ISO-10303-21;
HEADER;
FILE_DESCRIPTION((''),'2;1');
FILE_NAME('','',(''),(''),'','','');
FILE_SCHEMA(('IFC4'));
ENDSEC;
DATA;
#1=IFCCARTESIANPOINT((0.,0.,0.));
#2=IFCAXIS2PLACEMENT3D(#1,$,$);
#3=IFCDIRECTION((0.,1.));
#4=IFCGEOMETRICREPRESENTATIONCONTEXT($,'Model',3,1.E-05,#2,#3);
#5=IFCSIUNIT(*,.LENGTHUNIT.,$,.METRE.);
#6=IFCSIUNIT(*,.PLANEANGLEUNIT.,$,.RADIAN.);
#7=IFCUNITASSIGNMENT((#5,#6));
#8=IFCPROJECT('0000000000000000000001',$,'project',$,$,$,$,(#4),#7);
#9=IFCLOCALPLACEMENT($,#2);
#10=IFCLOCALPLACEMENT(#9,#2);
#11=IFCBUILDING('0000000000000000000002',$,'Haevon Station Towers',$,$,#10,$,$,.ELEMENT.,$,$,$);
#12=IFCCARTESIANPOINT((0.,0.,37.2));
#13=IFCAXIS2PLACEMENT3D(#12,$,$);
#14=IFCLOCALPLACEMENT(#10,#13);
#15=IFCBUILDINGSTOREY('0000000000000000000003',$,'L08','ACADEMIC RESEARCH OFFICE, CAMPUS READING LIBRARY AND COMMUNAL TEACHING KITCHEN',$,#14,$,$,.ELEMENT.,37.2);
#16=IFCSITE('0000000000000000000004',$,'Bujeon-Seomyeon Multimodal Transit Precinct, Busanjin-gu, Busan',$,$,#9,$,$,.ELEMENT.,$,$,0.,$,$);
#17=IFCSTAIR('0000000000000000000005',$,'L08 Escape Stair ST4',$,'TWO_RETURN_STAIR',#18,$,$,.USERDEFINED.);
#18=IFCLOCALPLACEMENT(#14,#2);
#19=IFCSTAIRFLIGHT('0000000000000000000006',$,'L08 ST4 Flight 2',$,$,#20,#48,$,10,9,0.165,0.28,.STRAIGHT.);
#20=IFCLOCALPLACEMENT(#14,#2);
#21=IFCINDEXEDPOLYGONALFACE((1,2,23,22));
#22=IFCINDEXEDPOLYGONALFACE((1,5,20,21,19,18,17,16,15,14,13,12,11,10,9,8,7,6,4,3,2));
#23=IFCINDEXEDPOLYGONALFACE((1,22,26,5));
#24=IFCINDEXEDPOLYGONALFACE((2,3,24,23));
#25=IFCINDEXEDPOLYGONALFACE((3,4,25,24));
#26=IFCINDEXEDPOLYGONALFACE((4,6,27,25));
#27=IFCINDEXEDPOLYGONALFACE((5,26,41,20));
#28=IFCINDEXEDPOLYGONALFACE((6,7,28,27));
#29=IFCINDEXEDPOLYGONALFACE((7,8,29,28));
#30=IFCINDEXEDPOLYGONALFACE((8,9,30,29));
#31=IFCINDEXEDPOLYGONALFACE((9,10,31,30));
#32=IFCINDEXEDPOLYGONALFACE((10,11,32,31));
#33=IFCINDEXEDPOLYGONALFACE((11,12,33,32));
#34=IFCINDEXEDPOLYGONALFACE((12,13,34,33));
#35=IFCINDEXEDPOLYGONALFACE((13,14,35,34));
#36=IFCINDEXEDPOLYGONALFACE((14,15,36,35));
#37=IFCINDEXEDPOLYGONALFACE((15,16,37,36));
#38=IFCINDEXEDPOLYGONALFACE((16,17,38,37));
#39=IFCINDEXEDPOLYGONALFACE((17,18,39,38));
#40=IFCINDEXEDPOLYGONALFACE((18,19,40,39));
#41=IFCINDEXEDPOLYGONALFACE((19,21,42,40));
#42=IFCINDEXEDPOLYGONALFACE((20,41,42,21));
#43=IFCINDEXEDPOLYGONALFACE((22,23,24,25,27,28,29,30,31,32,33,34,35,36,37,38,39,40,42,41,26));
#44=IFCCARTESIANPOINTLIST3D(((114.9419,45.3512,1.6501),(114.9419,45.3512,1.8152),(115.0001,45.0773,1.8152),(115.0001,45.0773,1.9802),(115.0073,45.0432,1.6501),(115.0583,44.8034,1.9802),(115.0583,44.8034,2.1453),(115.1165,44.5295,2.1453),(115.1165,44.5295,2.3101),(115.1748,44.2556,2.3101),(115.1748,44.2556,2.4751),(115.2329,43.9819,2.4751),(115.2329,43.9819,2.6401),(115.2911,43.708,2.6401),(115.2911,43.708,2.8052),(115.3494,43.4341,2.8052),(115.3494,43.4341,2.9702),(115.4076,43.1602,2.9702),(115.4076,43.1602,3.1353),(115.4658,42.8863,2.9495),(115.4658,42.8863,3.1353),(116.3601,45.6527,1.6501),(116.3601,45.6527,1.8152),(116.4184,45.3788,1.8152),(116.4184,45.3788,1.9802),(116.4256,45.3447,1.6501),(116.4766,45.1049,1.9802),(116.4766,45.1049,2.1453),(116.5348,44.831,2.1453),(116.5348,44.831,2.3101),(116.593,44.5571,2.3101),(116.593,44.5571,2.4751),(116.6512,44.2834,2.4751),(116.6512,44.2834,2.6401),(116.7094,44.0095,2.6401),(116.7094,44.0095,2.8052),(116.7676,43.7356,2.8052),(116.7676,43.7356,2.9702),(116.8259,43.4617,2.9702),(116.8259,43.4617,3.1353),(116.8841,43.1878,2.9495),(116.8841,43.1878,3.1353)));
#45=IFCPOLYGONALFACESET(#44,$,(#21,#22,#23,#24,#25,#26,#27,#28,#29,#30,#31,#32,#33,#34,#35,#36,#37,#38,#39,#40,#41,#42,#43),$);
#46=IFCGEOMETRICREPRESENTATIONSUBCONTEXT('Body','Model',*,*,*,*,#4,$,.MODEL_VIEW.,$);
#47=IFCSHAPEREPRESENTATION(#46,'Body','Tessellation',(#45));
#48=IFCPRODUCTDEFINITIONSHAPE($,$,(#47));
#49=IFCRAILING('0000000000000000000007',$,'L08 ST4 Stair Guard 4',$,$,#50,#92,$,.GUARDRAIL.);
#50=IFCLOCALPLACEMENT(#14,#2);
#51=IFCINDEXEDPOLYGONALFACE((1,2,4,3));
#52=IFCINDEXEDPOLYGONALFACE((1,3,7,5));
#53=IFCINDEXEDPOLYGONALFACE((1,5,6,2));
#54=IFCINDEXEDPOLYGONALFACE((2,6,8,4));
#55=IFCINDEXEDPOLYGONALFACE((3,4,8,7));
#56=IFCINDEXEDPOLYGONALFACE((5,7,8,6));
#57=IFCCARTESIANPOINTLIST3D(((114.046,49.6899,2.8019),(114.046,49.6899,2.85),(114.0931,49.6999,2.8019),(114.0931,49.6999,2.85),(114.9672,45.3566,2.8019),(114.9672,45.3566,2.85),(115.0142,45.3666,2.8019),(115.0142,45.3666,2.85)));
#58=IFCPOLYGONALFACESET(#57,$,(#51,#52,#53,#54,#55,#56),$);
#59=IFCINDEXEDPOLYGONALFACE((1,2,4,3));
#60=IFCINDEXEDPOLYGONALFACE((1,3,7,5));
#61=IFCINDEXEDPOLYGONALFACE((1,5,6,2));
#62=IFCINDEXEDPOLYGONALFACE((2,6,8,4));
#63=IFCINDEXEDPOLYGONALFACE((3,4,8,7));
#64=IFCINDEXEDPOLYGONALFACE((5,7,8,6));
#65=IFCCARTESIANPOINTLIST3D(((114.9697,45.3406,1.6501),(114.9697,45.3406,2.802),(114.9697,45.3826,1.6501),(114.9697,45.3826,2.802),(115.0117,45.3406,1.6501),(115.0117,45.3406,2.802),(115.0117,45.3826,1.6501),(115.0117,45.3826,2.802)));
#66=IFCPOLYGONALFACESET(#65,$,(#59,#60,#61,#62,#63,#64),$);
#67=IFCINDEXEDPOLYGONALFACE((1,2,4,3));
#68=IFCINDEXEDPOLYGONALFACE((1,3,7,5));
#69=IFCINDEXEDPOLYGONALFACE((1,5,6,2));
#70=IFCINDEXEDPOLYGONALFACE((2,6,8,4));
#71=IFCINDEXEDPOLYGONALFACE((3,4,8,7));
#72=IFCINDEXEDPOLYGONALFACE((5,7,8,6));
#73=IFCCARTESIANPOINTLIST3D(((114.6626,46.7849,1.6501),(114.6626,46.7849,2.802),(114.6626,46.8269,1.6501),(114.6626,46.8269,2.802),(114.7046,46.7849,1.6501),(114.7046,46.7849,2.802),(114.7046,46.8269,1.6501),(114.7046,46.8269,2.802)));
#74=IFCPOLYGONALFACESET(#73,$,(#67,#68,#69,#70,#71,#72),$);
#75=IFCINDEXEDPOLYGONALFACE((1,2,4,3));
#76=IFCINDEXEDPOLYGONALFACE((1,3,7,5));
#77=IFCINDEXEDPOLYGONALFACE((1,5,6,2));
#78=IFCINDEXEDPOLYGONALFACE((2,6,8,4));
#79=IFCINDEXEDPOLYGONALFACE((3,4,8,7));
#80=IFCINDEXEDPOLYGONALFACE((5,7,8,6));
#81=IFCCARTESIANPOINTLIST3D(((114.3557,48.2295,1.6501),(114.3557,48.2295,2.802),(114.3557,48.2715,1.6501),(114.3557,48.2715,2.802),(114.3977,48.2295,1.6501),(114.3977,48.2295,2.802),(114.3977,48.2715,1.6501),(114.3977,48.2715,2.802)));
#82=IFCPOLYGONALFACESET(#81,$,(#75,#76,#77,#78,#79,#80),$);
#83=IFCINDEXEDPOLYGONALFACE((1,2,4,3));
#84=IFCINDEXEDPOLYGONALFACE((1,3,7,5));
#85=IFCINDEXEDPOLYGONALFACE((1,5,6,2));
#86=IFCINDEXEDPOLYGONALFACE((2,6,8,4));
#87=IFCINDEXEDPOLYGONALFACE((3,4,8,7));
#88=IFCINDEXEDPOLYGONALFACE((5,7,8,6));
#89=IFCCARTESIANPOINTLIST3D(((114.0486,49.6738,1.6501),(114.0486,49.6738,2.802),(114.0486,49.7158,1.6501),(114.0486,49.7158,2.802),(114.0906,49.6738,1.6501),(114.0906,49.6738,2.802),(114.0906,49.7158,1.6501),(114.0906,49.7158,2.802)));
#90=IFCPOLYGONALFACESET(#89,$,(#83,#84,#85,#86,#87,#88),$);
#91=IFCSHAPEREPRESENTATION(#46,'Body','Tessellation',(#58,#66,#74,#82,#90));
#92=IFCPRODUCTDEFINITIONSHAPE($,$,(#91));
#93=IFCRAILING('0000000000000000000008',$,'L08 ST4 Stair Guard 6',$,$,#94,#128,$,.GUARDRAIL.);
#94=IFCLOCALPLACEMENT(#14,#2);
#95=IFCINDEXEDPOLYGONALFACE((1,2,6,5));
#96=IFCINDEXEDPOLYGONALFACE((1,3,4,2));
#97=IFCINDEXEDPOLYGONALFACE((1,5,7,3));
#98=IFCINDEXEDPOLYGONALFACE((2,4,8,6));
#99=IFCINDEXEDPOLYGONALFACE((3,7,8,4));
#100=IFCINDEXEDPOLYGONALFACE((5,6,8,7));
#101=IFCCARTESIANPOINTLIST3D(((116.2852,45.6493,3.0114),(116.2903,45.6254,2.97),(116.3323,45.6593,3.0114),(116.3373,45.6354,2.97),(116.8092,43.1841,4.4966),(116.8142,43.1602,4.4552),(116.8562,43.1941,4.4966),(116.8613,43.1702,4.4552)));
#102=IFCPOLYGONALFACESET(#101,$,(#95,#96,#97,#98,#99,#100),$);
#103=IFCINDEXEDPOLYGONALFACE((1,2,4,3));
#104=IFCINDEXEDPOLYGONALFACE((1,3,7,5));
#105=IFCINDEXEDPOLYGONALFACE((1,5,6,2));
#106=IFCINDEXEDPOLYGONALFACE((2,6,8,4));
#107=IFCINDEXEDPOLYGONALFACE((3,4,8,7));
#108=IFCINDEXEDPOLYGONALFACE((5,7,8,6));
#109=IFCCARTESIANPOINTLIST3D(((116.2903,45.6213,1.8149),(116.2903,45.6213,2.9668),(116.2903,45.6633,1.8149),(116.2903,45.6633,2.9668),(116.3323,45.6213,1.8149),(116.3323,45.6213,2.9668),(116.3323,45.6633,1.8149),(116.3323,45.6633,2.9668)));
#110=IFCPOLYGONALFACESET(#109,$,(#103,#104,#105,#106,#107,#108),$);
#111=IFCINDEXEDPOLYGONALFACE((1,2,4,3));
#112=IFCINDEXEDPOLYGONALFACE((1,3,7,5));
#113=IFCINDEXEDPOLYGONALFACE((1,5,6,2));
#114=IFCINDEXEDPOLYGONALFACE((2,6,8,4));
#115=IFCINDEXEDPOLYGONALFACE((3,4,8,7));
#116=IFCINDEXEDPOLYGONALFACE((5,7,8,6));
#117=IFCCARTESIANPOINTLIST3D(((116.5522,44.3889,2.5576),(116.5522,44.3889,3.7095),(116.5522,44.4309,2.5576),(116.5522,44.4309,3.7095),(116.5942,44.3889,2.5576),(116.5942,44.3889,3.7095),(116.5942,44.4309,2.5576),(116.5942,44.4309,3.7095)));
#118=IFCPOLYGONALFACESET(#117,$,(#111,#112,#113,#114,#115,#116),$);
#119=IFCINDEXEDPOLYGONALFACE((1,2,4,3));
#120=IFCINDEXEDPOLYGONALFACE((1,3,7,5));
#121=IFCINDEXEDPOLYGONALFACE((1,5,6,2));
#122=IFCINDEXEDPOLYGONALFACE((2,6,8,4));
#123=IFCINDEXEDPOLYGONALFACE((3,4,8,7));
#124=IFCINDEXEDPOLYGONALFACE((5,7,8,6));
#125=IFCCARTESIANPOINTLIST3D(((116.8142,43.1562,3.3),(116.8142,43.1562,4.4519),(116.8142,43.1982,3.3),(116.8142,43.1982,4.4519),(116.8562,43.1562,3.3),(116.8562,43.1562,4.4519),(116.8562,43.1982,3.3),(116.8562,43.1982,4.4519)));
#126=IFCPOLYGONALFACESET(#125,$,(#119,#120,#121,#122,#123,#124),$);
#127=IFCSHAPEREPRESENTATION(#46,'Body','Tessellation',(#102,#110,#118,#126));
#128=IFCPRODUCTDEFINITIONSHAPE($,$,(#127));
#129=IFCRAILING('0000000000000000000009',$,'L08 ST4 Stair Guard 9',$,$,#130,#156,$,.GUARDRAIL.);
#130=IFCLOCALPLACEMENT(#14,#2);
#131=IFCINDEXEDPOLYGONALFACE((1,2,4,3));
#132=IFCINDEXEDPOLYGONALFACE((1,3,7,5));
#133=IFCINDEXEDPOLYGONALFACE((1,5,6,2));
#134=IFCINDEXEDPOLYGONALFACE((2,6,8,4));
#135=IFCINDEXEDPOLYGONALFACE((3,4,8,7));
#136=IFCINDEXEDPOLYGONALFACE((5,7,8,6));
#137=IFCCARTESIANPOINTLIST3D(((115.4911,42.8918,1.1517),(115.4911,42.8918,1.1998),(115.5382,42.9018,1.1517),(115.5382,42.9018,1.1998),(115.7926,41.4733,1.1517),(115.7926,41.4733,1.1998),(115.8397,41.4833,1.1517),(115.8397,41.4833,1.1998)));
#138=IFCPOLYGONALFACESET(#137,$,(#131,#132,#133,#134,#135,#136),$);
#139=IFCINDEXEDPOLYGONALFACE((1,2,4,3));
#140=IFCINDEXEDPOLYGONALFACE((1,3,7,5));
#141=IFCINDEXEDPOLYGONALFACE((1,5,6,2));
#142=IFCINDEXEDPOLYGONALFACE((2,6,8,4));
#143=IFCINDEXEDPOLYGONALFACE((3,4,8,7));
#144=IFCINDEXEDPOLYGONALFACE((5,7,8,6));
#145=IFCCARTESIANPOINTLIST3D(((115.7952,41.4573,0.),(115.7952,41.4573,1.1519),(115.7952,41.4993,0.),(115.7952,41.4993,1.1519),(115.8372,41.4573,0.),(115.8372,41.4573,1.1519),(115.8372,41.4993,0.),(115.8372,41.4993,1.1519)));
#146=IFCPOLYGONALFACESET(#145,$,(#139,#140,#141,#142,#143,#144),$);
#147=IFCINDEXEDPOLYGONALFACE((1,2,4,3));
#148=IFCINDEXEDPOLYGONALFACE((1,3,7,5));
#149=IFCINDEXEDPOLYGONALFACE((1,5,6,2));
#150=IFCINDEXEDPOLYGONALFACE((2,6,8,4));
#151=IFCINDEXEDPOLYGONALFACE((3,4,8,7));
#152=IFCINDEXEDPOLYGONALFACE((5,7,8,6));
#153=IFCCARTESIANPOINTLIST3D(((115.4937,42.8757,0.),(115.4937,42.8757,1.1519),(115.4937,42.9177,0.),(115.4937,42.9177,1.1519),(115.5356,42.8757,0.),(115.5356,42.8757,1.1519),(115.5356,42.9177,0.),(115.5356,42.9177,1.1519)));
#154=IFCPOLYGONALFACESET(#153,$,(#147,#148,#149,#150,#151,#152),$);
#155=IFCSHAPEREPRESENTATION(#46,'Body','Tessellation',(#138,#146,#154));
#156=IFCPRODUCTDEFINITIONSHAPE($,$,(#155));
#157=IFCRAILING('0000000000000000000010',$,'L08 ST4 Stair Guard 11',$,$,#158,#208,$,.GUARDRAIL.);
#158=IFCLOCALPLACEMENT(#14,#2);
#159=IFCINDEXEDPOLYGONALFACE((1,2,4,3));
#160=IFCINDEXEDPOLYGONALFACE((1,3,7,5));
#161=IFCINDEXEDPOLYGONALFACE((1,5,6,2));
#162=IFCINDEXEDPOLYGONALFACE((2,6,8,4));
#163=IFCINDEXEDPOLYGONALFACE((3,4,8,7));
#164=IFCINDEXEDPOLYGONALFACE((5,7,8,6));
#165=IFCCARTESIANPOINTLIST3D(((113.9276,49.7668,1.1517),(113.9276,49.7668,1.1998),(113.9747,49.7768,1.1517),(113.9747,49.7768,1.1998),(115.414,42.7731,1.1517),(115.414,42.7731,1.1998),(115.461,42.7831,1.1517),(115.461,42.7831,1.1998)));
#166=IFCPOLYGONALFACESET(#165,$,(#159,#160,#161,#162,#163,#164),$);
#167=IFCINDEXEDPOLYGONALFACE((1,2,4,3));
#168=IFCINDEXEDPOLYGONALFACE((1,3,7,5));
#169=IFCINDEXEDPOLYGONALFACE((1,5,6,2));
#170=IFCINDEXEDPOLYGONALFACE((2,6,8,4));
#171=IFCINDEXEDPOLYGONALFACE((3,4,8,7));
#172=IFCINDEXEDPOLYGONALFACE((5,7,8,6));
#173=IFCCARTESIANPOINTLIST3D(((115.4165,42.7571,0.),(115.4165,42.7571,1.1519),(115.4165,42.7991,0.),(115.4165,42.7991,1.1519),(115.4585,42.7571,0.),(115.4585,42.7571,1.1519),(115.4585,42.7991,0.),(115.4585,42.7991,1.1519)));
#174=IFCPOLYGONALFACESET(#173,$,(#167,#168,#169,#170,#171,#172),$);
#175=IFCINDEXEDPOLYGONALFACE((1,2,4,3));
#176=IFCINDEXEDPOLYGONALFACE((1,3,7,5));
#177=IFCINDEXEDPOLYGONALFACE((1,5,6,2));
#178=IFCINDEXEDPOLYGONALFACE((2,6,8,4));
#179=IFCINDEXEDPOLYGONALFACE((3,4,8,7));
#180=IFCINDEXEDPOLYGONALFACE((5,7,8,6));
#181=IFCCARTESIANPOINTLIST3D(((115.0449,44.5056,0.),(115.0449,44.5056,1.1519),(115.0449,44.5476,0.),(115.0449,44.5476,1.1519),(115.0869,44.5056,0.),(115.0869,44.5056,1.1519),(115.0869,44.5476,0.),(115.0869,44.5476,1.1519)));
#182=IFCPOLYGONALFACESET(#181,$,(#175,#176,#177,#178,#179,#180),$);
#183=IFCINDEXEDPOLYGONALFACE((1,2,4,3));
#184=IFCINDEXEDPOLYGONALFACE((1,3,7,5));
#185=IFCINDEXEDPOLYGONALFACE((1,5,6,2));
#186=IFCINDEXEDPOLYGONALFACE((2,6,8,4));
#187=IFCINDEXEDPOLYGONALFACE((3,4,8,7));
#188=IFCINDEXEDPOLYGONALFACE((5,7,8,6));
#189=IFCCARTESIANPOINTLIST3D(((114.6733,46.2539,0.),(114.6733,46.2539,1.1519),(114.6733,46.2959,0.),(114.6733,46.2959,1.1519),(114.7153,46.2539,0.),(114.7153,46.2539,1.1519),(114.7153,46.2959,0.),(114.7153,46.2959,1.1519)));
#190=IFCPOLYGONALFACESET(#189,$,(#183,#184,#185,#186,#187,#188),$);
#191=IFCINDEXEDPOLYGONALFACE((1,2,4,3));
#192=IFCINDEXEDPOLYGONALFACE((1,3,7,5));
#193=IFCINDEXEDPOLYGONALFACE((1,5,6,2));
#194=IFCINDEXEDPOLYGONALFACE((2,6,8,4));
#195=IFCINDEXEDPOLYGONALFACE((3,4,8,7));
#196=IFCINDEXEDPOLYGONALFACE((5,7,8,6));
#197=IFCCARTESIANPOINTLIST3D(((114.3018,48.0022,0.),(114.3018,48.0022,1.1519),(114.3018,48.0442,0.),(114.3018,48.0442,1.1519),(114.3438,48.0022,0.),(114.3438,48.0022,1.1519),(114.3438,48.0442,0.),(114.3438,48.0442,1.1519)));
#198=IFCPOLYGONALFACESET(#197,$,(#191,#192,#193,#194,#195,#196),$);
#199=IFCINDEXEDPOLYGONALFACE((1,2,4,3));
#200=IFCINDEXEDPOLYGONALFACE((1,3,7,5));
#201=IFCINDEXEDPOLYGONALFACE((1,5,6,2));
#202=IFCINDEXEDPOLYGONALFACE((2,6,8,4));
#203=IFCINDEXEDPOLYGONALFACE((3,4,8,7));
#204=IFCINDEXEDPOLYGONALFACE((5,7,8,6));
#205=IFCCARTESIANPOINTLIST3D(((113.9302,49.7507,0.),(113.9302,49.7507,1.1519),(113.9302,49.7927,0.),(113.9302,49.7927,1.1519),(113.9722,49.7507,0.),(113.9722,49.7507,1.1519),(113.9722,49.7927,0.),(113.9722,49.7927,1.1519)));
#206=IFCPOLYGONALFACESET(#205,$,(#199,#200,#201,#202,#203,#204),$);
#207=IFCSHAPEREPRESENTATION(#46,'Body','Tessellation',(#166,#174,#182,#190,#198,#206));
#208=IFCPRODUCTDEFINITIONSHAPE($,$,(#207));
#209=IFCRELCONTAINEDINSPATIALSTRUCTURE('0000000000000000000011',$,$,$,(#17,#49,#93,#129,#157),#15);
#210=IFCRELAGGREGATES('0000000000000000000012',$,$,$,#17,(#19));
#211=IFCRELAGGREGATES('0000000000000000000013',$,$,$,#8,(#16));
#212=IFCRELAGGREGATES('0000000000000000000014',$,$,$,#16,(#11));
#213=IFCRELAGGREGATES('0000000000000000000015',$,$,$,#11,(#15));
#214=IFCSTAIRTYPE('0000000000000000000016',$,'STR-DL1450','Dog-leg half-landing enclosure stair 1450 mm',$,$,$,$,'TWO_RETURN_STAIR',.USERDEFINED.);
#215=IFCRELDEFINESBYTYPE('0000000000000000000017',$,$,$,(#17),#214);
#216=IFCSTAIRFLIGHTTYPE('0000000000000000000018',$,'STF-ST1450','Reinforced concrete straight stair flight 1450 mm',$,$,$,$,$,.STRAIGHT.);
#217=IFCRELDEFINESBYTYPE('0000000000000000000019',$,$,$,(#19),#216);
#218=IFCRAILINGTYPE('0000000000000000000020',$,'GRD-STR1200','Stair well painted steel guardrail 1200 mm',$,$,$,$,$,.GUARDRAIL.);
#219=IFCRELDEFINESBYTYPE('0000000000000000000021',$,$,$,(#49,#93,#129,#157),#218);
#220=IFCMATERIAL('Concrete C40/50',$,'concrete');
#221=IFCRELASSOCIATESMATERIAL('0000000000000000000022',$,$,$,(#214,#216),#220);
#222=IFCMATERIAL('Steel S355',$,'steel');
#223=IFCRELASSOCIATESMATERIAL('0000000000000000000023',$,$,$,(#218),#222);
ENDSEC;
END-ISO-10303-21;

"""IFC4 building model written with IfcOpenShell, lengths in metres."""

from ifc_helpers import new_model, si_unit, direction, frame, origin, origin_2d, place, context, subcontext, project, spatial, polyline, rectangle, outline, extrude, material, type_object, element, aggregate, save


model = new_model("IFC4")

# Units and contexts
model_context = context("Model", 3, precision=1e-05, world=origin(), true_north=direction((0.0, 1.0)))
body_context = subcontext(model_context, "Body", "Model", "MODEL_VIEW")
ifc_project = project(units=[si_unit("LENGTHUNIT", "METRE"), si_unit("PLANEANGLEUNIT", "RADIAN")], contexts=[model_context])

# Site, building, storey
site_placement = place(None, origin())
site = spatial("IfcSite", under=ifc_project, at=site_placement, Name="Bujeon-Seomyeon Multimodal Transit Precinct, Busanjin-gu, Busan", CompositionType="ELEMENT", RefElevation=0.0)
building_placement = place(site_placement, origin())
building = spatial("IfcBuilding", under=site, at=building_placement, Name="Haevon Station Towers", CompositionType="ELEMENT")
storey_placement = place(building_placement, frame((0.0, 0.0, 37.2)))
storey = spatial("IfcBuildingStorey", under=building, at=storey_placement, Name="L08", Description="ACADEMIC RESEARCH OFFICE, CAMPUS READING LIBRARY AND COMMUNAL TEACHING KITCHEN", CompositionType="ELEMENT", Elevation=37.2)

# Shared definitions
ifc_material_1 = material(Name="Steel S355", Category="steel")

# Shared definitions
ifc_material_2 = material(Name="Concrete C40/50", Category="concrete")

# Stair, stair flight
stair_type = type_object("IfcStairType", Name="STR-DL1450", Description="Dog-leg half-landing enclosure stair 1450 mm", ElementType="TWO_RETURN_STAIR", PredefinedType="USERDEFINED", material=ifc_material_2)
stair_placement = place(storey_placement, origin())
stair = element("IfcStair", 1, at=stair_placement, inside=storey, type_object=stair_type, Name="L08 Escape Stair ST4", ObjectType="TWO_RETURN_STAIR", PredefinedType="USERDEFINED")
stair_flight_type = type_object("IfcStairFlightType", Name="STF-ST1450", Description="Reinforced concrete straight stair flight 1450 mm", PredefinedType="STRAIGHT", material=ifc_material_2)
stair_flight_placement = place(storey_placement, frame((115.6509, 45.502, 1.6501), z_axis=(0.0, 0.0, 1.0), x_axis=(0.207912, -0.978148, 0.0)))
stair_flight = element("IfcStairFlight", 2, at=stair_flight_placement, type_object=stair_flight_type, Name="L08 ST4 Flight 2", NumberOfRisers=10, NumberOfTreads=9, PredefinedType="STRAIGHT", RiserHeight=0.165, TreadLength=0.28, context=body_context, shape_type="SweptSolid", body=[
    extrude(outline(polyline([(0.0, 0.0), (0.0, 0.165), (0.28, 0.165), (0.28, 0.3301), (0.5601, 0.3301), (0.5601, 0.4951), (0.8401, 0.4951), (0.8401, 0.6599), (1.1201, 0.6599), (1.1201, 0.825), (1.3999, 0.825), (1.3999, 0.99), (1.6799, 0.99), (1.6799, 1.155), (1.96, 1.155), (1.96, 1.3201), (2.24, 1.3201), (2.24, 1.4851), (2.52, 1.4851), (2.52, 1.6499), (2.52, 1.2993), (0.3149, 0.0), (0.0, 0.0)])), frame((0.0, 0.7251, 0.0), z_axis=(0.0, -1.0, 0.0), x_axis=(1.0, 0.0, 0.0)), (0.0, 0.0, 1.0), 1.45),
])
aggregate(stair, [stair_flight])

# Railings
railing_type_1 = type_object("IfcRailingType", Name="GRD-STR1200", Description="Stair well painted steel guardrail 1200 mm", PredefinedType="GUARDRAIL", material=ifc_material_1)
railing_1_placement = place(storey_placement, frame((114.9907, 45.3616, 1.6501)))
element("IfcRailing", 3, at=railing_1_placement, inside=storey, type_object=railing_type_1, Name="L08 ST4 Stair Guard 4", PredefinedType="GUARDRAIL", context=body_context, shape_type="SweptSolid", body=[
    extrude(rectangle(XDim=0.0481, YDim=0.0481, at=origin_2d()), frame((0.0, 0.0, 1.1758), z_axis=(-0.207929, 0.978144, 0.0), x_axis=(-0.978144, -0.207929, 0.0)), (0.0, 0.0, 1.0), 4.4302),
    extrude(rectangle(XDim=0.042, YDim=0.042, at=origin_2d()), origin(), (0.0, 0.0, 1.0), 1.1519),
    extrude(rectangle(XDim=0.042, YDim=0.042, at=origin_2d()), frame((-0.3071, 1.4443, 0.0)), (0.0, 0.0, 1.0), 1.1519),
    extrude(rectangle(XDim=0.042, YDim=0.042, at=origin_2d()), frame((-0.614, 2.8889, 0.0)), (0.0, 0.0, 1.0), 1.1519),
    extrude(rectangle(XDim=0.042, YDim=0.042, at=origin_2d()), frame((-0.9211, 4.3333, 0.0)), (0.0, 0.0, 1.0), 1.1519),
])
railing_2_placement = place(storey_placement, frame((116.3113, 45.6423, 1.8149)))
element("IfcRailing", 4, at=railing_2_placement, inside=storey, type_object=railing_type_1, Name="L08 ST4 Stair Guard 6", PredefinedType="GUARDRAIL", context=body_context, shape_type="SweptSolid", body=[
    extrude(rectangle(XDim=0.0481, YDim=0.0481, at=origin_2d()), frame((0.0, 0.0, 1.1758), z_axis=(0.179109, -0.842712, 0.507697), x_axis=(0.978151, 0.207895, 0.0)), (0.0, 0.0, 1.0), 2.9253),
    extrude(rectangle(XDim=0.042, YDim=0.042, at=origin_2d()), origin(), (0.0, 0.0, 1.0), 1.1519),
    extrude(rectangle(XDim=0.042, YDim=0.042, at=origin_2d()), frame((0.262, -1.2324, 0.7427)), (0.0, 0.0, 1.0), 1.1519),
    extrude(rectangle(XDim=0.042, YDim=0.042, at=origin_2d()), frame((0.5239, -2.4651, 1.4851)), (0.0, 0.0, 1.0), 1.1519),
])
railing_3_placement = place(storey_placement, frame((115.8162, 41.4783, 0.0)))
element("IfcRailing", 5, at=railing_3_placement, inside=storey, type_object=railing_type_1, Name="L08 ST4 Stair Guard 9", PredefinedType="GUARDRAIL", context=body_context, shape_type="SweptSolid", body=[
    extrude(rectangle(XDim=0.0481, YDim=0.0481, at=origin_2d()), frame((0.0, 0.0, 1.1758), z_axis=(-0.207919, 0.978146, 0.0), x_axis=(-0.978146, -0.207919, 0.0)), (0.0, 0.0, 1.0), 1.4502),
    extrude(rectangle(XDim=0.042, YDim=0.042, at=origin_2d()), origin(), (0.0, 0.0, 1.0), 1.1519),
    extrude(rectangle(XDim=0.042, YDim=0.042, at=origin_2d()), frame((-0.3015, 1.4185, 0.0)), (0.0, 0.0, 1.0), 1.1519),
])
railing_4_placement = place(storey_placement, frame((115.4375, 42.7781, 0.0)))
element("IfcRailing", 6, at=railing_4_placement, inside=storey, type_object=railing_type_1, Name="L08 ST4 Stair Guard 11", PredefinedType="GUARDRAIL", context=body_context, shape_type="SweptSolid", body=[
    extrude(rectangle(XDim=0.0481, YDim=0.0481, at=origin_2d()), frame((0.0, 0.0, 1.1758), z_axis=(-0.207882, 0.978154, 0.0), x_axis=(-0.978154, -0.207882, 0.0)), (0.0, 0.0, 1.0), 7.1499),
    extrude(rectangle(XDim=0.042, YDim=0.042, at=origin_2d()), origin(), (0.0, 0.0, 1.0), 1.1519),
    extrude(rectangle(XDim=0.042, YDim=0.042, at=origin_2d()), frame((-0.3716, 1.7485, 0.0)), (0.0, 0.0, 1.0), 1.1519),
    extrude(rectangle(XDim=0.042, YDim=0.042, at=origin_2d()), frame((-0.7432, 3.4968, 0.0)), (0.0, 0.0, 1.0), 1.1519),
    extrude(rectangle(XDim=0.042, YDim=0.042, at=origin_2d()), frame((-1.1147, 5.2451, 0.0)), (0.0, 0.0, 1.0), 1.1519),
    extrude(rectangle(XDim=0.042, YDim=0.042, at=origin_2d()), frame((-1.4863, 6.9937, 0.0)), (0.0, 0.0, 1.0), 1.1519),
])

save(model, "model.ifc")
